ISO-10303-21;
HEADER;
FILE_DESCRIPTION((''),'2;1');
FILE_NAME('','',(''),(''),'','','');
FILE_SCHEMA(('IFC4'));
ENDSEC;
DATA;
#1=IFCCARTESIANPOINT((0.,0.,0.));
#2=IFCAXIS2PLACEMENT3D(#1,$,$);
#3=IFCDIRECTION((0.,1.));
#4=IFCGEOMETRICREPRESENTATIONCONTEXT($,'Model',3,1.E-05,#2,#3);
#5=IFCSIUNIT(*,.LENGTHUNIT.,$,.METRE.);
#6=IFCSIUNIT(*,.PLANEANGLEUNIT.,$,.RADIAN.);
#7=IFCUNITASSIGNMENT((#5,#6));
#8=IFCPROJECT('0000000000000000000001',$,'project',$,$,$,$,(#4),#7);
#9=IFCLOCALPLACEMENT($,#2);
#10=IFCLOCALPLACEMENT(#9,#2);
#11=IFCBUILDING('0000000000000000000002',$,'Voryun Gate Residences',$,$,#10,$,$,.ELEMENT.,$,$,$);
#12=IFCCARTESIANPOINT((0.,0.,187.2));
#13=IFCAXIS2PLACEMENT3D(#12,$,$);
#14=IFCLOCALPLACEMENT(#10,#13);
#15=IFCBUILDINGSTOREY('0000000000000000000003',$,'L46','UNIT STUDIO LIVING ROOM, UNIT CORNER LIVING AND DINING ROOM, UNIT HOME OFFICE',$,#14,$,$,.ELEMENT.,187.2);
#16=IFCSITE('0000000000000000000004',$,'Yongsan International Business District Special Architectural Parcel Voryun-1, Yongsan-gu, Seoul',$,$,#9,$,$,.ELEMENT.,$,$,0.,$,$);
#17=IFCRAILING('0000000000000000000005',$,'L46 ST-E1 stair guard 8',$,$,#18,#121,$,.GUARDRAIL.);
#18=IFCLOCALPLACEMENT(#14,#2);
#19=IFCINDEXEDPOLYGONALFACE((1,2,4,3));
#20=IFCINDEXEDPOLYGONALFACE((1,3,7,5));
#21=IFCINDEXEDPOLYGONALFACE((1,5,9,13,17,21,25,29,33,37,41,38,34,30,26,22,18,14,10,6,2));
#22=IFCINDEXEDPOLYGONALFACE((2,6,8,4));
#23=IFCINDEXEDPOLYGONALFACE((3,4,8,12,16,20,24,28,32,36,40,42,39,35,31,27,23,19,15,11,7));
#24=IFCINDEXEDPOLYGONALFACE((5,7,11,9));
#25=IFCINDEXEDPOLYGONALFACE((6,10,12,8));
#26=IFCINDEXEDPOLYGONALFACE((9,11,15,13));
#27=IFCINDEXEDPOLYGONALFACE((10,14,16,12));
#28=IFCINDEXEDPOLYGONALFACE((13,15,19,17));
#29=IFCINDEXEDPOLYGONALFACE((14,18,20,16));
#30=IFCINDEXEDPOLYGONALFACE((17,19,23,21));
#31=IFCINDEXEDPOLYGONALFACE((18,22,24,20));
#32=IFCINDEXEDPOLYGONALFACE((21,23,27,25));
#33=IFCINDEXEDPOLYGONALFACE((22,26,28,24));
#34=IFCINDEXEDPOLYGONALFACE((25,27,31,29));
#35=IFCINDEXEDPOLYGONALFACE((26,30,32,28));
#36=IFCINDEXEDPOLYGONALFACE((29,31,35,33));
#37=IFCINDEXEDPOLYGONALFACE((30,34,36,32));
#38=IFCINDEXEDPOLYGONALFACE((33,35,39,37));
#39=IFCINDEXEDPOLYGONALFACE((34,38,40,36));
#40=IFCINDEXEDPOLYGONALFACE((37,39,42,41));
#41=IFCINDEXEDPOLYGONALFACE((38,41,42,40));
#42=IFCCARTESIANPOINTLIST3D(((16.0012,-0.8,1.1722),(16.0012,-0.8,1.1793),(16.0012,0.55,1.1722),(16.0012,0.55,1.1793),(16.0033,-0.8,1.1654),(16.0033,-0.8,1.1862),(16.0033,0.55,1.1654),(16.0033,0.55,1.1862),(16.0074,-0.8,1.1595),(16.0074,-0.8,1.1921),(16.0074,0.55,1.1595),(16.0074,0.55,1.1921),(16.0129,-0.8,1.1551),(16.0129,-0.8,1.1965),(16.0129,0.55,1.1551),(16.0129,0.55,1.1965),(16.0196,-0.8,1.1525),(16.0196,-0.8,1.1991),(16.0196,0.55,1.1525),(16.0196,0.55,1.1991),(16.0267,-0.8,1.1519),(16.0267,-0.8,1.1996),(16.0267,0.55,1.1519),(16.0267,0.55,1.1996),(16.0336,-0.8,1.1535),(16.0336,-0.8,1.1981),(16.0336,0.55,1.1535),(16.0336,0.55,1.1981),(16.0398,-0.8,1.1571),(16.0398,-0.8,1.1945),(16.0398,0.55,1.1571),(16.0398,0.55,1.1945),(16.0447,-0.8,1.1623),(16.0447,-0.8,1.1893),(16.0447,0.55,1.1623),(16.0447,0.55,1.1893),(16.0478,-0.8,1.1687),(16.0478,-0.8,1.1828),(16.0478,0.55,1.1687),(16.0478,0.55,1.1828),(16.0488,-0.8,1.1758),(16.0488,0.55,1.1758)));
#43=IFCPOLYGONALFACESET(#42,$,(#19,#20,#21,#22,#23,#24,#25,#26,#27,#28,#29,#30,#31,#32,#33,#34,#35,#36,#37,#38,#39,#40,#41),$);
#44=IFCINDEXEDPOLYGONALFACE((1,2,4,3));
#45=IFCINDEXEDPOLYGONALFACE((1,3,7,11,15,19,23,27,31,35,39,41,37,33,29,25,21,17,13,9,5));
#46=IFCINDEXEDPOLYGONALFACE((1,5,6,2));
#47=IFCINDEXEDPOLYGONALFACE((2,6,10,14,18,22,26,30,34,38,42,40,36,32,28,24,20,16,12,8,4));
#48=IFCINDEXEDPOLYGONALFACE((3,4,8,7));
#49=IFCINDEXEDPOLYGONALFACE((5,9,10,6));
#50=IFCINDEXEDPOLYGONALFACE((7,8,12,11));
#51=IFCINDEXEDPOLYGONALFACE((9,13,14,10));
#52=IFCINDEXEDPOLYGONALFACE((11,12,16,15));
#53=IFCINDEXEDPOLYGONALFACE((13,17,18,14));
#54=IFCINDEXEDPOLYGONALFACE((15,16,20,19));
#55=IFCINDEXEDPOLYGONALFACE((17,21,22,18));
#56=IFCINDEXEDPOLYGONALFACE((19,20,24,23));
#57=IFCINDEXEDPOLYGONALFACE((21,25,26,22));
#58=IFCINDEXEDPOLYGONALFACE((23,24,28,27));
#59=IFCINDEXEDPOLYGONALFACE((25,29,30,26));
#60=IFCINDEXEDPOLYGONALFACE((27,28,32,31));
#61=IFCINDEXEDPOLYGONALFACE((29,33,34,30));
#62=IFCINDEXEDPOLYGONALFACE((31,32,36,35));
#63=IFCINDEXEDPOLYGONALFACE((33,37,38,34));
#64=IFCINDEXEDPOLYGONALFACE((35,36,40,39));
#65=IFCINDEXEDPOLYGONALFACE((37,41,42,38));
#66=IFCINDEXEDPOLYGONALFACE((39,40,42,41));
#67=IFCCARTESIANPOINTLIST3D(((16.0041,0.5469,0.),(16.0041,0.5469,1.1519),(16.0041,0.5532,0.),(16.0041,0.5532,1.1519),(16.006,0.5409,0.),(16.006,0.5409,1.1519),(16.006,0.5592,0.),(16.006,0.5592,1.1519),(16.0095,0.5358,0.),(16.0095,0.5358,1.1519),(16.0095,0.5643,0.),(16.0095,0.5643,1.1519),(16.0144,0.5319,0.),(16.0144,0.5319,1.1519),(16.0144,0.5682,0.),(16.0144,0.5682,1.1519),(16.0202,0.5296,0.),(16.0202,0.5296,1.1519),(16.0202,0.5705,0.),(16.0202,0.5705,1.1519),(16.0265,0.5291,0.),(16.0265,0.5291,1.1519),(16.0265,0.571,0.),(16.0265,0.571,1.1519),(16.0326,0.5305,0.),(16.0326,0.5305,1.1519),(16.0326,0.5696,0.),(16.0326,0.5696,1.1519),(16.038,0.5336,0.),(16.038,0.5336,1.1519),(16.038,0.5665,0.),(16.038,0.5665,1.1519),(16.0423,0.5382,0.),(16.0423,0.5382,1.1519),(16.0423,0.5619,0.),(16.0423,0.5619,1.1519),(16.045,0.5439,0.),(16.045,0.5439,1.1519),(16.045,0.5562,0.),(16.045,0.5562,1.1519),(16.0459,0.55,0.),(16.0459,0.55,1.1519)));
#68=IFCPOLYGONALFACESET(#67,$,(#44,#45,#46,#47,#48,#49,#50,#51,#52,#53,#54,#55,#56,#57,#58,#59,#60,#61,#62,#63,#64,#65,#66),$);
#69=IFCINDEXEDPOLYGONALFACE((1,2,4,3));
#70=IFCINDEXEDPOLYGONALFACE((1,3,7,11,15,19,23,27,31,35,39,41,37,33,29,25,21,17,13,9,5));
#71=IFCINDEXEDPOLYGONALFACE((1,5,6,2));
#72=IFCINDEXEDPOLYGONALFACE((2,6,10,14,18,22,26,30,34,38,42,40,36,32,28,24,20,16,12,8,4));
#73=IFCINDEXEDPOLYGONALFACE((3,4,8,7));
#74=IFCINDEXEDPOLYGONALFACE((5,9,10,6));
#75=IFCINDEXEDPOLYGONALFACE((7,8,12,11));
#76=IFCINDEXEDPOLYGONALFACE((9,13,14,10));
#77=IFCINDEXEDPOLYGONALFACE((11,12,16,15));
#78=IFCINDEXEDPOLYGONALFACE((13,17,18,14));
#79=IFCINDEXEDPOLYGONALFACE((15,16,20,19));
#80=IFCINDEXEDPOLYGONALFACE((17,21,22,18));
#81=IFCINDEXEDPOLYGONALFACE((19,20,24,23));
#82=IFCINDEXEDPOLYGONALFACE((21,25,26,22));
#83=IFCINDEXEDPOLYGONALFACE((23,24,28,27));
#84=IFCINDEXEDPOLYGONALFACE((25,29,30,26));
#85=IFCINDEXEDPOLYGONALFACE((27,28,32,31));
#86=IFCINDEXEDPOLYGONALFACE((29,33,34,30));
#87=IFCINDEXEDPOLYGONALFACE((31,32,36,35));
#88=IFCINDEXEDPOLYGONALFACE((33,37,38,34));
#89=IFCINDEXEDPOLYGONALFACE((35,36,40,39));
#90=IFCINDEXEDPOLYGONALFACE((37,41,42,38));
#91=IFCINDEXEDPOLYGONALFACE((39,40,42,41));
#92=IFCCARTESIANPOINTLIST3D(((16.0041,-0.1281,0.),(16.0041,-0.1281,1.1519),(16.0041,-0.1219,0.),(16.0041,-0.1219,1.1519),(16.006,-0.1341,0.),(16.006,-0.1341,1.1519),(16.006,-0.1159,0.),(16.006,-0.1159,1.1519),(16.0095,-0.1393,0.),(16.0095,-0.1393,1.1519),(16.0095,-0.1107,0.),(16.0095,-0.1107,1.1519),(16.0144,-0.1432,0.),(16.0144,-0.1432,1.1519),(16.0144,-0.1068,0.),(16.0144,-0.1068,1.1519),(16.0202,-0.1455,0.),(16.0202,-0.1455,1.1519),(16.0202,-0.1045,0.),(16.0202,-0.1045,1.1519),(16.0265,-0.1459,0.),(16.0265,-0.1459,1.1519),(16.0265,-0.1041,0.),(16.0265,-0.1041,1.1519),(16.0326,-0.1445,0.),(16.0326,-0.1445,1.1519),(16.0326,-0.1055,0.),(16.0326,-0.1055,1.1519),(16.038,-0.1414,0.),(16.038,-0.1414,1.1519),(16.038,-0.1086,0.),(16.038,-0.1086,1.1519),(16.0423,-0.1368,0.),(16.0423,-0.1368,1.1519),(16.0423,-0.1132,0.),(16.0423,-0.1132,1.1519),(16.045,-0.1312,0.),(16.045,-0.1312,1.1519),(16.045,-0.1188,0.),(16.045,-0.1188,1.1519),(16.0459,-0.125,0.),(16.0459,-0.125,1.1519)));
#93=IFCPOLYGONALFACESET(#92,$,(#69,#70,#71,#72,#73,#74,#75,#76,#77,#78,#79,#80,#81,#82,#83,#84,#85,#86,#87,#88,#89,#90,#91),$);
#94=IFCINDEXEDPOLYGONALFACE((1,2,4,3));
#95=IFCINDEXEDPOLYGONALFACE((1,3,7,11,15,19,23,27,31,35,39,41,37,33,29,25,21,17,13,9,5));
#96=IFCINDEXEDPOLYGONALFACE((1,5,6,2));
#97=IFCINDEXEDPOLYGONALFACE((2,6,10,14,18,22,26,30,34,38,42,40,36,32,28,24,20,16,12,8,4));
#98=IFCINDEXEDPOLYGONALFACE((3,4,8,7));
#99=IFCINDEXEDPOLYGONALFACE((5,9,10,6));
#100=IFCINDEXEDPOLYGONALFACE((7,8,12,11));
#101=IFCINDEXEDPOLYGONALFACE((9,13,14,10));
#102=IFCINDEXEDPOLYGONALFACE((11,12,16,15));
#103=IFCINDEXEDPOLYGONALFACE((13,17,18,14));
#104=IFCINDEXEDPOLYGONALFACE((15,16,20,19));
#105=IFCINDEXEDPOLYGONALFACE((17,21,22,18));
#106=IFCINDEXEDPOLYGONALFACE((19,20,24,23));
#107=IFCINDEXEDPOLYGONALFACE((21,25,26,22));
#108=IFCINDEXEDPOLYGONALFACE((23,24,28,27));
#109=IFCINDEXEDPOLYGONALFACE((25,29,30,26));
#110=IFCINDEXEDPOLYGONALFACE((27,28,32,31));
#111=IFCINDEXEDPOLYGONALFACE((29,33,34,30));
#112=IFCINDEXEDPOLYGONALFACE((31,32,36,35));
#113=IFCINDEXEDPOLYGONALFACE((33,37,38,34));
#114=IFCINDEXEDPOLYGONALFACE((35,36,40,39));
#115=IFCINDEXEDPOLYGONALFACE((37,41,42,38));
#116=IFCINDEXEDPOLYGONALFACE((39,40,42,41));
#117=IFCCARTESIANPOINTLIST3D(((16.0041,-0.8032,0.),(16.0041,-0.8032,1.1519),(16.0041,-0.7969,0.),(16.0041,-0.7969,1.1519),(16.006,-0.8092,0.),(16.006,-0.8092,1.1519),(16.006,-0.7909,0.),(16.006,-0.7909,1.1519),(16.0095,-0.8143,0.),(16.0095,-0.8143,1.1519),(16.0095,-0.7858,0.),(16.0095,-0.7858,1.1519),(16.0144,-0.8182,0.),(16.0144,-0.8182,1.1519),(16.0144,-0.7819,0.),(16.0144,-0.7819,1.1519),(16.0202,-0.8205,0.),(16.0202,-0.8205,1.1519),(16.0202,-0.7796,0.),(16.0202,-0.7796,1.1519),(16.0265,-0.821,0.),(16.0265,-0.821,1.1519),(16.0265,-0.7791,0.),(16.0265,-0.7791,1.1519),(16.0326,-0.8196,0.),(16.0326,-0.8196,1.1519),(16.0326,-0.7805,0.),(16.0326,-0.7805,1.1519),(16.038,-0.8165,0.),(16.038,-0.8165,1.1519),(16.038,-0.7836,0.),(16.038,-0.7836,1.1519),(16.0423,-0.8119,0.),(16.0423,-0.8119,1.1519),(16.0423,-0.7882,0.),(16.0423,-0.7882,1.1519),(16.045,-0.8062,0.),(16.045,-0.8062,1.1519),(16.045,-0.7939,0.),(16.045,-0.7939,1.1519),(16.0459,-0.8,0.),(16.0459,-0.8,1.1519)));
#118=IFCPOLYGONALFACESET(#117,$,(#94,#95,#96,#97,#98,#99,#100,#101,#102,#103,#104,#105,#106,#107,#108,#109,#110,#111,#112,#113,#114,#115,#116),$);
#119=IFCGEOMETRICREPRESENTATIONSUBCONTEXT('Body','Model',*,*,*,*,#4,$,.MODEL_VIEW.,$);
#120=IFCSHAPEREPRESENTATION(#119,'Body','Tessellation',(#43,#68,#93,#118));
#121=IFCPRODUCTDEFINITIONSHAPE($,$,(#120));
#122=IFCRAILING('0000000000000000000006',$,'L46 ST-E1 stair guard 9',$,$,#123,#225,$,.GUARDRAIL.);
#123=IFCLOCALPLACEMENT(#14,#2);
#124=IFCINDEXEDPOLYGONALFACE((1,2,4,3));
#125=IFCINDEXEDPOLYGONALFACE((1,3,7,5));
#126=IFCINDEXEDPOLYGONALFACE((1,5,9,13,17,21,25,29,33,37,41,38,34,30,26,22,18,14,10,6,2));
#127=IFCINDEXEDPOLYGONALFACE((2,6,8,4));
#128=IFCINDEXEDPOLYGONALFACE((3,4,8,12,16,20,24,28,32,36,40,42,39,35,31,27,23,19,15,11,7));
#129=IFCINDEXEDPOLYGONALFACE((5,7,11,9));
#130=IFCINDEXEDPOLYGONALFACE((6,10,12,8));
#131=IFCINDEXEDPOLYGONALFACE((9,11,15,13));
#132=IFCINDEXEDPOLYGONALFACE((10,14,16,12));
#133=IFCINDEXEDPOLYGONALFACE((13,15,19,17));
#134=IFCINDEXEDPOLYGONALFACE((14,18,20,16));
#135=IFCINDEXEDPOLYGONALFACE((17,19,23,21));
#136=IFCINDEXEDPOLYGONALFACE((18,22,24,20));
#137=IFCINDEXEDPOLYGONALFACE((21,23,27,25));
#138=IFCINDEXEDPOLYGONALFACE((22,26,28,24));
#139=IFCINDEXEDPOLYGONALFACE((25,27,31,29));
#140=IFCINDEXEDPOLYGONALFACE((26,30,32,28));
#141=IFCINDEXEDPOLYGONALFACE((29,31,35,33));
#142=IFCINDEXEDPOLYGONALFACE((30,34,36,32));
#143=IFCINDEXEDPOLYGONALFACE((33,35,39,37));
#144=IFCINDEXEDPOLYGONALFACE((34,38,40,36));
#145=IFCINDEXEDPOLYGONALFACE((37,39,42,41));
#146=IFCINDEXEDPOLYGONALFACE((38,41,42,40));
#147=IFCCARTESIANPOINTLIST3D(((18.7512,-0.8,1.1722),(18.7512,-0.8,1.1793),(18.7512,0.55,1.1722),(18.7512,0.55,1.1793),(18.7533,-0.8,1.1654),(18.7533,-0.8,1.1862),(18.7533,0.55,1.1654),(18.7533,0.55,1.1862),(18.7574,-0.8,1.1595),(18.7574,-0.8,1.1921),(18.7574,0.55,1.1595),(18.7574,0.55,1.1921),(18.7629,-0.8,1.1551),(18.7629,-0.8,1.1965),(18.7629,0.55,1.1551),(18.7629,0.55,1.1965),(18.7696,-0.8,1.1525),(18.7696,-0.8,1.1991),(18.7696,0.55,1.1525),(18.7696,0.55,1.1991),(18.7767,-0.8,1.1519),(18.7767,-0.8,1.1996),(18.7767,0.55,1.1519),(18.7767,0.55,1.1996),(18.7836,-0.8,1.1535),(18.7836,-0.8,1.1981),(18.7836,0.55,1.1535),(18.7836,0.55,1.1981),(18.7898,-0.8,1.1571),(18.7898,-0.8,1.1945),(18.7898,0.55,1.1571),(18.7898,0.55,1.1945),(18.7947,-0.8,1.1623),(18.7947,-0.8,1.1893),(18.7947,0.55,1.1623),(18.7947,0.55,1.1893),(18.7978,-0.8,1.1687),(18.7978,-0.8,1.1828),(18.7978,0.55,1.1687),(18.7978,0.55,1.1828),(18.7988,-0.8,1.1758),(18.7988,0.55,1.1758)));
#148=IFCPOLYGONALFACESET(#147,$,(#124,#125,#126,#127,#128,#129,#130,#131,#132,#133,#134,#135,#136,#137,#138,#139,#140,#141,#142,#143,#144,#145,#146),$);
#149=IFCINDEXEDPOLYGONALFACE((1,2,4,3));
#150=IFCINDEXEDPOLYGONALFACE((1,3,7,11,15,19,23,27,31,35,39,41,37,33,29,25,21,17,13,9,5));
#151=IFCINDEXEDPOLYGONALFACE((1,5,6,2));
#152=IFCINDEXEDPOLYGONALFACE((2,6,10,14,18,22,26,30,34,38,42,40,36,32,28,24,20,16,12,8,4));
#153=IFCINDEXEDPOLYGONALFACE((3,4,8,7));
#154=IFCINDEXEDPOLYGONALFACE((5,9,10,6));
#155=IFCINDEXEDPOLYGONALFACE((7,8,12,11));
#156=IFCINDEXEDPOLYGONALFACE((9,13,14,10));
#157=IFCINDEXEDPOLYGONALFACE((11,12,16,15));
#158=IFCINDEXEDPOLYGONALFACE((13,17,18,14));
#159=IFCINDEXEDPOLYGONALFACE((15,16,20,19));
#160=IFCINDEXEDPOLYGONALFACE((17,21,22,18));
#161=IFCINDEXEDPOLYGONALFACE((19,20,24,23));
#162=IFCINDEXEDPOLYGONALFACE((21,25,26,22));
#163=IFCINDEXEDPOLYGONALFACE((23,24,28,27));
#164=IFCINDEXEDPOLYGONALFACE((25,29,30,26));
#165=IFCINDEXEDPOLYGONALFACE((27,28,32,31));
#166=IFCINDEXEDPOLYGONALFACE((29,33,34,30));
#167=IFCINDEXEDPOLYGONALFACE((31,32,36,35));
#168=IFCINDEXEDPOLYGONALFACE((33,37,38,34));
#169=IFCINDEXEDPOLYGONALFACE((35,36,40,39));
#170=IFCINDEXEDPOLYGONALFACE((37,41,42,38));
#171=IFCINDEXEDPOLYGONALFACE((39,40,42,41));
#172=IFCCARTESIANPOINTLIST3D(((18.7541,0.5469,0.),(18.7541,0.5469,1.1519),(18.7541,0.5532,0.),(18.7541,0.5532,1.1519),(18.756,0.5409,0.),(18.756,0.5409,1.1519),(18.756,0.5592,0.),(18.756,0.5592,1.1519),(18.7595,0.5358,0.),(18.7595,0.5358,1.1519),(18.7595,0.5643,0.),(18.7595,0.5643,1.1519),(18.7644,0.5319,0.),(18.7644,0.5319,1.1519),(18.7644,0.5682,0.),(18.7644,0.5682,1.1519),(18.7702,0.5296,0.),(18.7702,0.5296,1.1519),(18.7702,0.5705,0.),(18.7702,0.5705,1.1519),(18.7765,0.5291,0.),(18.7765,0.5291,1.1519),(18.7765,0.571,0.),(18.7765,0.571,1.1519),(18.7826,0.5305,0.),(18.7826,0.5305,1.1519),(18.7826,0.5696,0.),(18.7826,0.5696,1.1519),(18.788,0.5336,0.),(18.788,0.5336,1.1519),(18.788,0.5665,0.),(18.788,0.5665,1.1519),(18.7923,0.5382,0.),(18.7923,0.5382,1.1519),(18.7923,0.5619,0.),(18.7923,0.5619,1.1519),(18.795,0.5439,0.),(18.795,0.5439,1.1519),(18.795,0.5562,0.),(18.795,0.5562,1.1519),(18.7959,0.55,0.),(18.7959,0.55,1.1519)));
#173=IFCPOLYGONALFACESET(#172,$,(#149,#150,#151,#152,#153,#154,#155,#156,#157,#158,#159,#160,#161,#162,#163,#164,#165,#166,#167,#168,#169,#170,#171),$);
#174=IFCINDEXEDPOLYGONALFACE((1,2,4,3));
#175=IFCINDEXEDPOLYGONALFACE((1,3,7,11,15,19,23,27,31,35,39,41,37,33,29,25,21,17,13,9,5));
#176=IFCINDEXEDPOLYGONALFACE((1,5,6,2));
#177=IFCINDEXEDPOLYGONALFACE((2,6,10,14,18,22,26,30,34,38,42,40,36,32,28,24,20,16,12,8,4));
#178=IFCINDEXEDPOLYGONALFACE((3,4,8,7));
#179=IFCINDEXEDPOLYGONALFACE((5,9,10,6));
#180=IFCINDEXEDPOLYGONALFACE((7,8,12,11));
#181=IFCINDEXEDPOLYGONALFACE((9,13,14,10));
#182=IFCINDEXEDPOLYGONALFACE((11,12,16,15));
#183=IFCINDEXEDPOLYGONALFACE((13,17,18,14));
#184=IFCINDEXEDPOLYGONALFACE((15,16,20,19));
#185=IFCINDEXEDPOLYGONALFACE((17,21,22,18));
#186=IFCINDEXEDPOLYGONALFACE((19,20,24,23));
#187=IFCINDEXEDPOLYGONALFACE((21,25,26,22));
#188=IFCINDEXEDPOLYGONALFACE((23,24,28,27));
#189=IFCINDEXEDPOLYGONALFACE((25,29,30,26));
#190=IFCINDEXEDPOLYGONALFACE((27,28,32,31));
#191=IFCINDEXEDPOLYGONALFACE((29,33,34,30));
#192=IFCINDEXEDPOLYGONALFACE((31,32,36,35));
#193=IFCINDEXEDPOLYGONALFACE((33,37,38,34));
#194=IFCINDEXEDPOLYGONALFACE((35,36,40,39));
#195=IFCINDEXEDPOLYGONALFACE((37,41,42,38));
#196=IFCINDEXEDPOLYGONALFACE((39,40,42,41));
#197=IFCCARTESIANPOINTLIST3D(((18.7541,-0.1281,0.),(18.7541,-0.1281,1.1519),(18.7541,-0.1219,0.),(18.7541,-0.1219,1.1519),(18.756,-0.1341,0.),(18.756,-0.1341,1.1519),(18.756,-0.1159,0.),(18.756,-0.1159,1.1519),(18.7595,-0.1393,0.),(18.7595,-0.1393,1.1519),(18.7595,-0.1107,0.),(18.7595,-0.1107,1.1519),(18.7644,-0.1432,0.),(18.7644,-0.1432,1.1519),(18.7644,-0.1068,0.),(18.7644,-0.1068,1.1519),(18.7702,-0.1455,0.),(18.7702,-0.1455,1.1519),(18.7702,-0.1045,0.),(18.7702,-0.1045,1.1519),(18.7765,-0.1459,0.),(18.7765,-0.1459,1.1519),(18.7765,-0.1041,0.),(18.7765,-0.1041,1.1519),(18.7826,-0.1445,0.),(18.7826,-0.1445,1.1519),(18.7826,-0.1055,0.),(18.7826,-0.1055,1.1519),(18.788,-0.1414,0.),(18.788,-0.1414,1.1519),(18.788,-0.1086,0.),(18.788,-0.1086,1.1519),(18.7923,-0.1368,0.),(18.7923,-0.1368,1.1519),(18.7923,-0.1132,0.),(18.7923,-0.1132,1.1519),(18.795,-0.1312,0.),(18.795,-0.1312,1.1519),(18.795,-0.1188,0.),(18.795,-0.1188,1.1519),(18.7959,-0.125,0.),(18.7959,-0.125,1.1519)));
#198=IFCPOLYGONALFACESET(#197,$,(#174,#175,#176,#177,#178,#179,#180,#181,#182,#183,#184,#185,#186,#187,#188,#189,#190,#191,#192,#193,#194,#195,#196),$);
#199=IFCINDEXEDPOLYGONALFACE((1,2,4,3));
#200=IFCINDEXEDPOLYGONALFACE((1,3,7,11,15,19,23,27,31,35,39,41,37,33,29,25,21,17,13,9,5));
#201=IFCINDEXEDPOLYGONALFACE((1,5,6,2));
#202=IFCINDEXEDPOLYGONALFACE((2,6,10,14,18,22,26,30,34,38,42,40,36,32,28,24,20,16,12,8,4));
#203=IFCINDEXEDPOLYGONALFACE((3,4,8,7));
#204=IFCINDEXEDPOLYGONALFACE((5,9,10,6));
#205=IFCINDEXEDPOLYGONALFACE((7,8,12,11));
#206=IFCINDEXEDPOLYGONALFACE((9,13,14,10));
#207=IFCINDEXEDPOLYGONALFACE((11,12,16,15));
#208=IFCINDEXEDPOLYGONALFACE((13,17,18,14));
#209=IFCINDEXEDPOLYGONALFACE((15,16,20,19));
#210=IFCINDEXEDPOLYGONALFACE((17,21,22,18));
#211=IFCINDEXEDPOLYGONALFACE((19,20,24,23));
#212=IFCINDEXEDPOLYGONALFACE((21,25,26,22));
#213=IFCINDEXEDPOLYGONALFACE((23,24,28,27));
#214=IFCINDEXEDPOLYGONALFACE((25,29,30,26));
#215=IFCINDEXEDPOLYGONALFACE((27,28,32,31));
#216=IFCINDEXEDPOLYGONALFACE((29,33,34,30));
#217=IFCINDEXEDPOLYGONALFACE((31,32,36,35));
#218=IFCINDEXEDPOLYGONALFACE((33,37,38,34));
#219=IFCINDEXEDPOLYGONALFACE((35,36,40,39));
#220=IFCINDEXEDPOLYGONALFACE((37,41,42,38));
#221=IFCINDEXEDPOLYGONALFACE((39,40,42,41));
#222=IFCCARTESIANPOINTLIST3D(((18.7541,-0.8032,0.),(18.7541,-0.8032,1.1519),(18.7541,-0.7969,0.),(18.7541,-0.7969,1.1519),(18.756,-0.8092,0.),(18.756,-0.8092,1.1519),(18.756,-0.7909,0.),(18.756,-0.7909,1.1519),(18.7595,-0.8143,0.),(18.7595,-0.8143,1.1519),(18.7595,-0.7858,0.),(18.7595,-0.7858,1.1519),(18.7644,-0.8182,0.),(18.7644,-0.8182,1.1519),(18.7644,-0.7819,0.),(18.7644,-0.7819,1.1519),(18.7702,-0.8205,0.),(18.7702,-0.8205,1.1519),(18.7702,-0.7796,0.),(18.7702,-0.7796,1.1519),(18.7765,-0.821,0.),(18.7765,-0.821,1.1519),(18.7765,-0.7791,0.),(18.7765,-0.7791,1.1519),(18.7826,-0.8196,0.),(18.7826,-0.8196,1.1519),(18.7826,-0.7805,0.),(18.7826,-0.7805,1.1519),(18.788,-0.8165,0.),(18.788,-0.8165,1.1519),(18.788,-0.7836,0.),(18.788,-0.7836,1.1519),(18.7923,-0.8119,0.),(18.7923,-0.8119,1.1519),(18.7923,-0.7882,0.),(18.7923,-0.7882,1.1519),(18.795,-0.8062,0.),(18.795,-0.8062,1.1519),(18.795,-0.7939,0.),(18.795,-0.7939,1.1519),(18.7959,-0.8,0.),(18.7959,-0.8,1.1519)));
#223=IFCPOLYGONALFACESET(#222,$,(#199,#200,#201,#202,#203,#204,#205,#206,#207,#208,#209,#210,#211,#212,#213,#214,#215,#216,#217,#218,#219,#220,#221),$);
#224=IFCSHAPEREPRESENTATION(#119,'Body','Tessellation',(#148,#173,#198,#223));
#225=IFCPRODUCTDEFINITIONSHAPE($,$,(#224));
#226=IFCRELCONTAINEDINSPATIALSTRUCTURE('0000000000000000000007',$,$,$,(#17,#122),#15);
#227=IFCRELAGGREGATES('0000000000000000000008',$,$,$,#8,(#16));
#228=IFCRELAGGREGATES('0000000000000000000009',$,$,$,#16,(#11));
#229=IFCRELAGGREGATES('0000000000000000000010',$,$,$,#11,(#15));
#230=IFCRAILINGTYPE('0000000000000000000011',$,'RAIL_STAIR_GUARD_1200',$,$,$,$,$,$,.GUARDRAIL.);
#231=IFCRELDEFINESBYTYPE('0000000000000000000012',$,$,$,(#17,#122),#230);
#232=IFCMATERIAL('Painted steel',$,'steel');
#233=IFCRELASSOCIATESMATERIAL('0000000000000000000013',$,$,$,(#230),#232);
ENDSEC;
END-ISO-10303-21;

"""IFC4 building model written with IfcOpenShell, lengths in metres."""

from ifc_helpers import new_model, si_unit, direction, frame, origin, origin_2d, place, context, subcontext, project, spatial, circle, extrude, material, type_object, element, save


model = new_model("IFC4")

# Units and contexts
model_context = context("Model", 3, precision=1e-05, world=origin(), true_north=direction((0.0, 1.0)))
body_context = subcontext(model_context, "Body", "Model", "MODEL_VIEW")
ifc_project = project(units=[si_unit("LENGTHUNIT", "METRE"), si_unit("PLANEANGLEUNIT", "RADIAN")], contexts=[model_context])

# Site, building, storey
site_placement = place(None, origin())
site = spatial("IfcSite", under=ifc_project, at=site_placement, Name="Yongsan International Business District Special Architectural Parcel Voryun-1, Yongsan-gu, Seoul", CompositionType="ELEMENT", RefElevation=0.0)
building_placement = place(site_placement, origin())
building = spatial("IfcBuilding", under=site, at=building_placement, Name="Voryun Gate Residences", CompositionType="ELEMENT")
storey_placement = place(building_placement, frame((0.0, 0.0, 187.2)))
storey = spatial("IfcBuildingStorey", under=building, at=storey_placement, Name="L46", Description="UNIT STUDIO LIVING ROOM, UNIT CORNER LIVING AND DINING ROOM, UNIT HOME OFFICE", CompositionType="ELEMENT", Elevation=187.2)

# Railings
ifc_material_1 = material(Name="Painted steel", Category="steel")
railing_type = type_object("IfcRailingType", Name="RAIL_STAIR_GUARD_1200", PredefinedType="GUARDRAIL", material=ifc_material_1)
for number, where, name in (
    (1, (16.0249, 0.55, 0.0), "L46 ST-E1 stair guard 8"),
    (2, (18.7749, 0.55, 0.0), "L46 ST-E1 stair guard 9"),
):
    element("IfcRailing", number, at=place(storey_placement, frame(where)), inside=storey, type_object=railing_type, Name=name, PredefinedType="GUARDRAIL", context=body_context, shape_type="SweptSolid", body=[
        extrude(circle(Radius=0.0239, at=origin_2d()), frame((0.0, 0.0, 1.1758), z_axis=(0.0, -1.0, 0.0), x_axis=(1.0, 0.0, 0.0)), (0.0, 0.0, 1.0), 1.3501),
        extrude(circle(Radius=0.021, at=origin_2d()), origin(), (0.0, 0.0, 1.0), 1.1519),
        extrude(circle(Radius=0.021, at=origin_2d()), frame((0.0, -0.675, 0.0)), (0.0, 0.0, 1.0), 1.1519),
        extrude(circle(Radius=0.021, at=origin_2d()), frame((0.0, -1.3501, 0.0)), (0.0, 0.0, 1.0), 1.1519),
    ])

save(model, "model.ifc")
